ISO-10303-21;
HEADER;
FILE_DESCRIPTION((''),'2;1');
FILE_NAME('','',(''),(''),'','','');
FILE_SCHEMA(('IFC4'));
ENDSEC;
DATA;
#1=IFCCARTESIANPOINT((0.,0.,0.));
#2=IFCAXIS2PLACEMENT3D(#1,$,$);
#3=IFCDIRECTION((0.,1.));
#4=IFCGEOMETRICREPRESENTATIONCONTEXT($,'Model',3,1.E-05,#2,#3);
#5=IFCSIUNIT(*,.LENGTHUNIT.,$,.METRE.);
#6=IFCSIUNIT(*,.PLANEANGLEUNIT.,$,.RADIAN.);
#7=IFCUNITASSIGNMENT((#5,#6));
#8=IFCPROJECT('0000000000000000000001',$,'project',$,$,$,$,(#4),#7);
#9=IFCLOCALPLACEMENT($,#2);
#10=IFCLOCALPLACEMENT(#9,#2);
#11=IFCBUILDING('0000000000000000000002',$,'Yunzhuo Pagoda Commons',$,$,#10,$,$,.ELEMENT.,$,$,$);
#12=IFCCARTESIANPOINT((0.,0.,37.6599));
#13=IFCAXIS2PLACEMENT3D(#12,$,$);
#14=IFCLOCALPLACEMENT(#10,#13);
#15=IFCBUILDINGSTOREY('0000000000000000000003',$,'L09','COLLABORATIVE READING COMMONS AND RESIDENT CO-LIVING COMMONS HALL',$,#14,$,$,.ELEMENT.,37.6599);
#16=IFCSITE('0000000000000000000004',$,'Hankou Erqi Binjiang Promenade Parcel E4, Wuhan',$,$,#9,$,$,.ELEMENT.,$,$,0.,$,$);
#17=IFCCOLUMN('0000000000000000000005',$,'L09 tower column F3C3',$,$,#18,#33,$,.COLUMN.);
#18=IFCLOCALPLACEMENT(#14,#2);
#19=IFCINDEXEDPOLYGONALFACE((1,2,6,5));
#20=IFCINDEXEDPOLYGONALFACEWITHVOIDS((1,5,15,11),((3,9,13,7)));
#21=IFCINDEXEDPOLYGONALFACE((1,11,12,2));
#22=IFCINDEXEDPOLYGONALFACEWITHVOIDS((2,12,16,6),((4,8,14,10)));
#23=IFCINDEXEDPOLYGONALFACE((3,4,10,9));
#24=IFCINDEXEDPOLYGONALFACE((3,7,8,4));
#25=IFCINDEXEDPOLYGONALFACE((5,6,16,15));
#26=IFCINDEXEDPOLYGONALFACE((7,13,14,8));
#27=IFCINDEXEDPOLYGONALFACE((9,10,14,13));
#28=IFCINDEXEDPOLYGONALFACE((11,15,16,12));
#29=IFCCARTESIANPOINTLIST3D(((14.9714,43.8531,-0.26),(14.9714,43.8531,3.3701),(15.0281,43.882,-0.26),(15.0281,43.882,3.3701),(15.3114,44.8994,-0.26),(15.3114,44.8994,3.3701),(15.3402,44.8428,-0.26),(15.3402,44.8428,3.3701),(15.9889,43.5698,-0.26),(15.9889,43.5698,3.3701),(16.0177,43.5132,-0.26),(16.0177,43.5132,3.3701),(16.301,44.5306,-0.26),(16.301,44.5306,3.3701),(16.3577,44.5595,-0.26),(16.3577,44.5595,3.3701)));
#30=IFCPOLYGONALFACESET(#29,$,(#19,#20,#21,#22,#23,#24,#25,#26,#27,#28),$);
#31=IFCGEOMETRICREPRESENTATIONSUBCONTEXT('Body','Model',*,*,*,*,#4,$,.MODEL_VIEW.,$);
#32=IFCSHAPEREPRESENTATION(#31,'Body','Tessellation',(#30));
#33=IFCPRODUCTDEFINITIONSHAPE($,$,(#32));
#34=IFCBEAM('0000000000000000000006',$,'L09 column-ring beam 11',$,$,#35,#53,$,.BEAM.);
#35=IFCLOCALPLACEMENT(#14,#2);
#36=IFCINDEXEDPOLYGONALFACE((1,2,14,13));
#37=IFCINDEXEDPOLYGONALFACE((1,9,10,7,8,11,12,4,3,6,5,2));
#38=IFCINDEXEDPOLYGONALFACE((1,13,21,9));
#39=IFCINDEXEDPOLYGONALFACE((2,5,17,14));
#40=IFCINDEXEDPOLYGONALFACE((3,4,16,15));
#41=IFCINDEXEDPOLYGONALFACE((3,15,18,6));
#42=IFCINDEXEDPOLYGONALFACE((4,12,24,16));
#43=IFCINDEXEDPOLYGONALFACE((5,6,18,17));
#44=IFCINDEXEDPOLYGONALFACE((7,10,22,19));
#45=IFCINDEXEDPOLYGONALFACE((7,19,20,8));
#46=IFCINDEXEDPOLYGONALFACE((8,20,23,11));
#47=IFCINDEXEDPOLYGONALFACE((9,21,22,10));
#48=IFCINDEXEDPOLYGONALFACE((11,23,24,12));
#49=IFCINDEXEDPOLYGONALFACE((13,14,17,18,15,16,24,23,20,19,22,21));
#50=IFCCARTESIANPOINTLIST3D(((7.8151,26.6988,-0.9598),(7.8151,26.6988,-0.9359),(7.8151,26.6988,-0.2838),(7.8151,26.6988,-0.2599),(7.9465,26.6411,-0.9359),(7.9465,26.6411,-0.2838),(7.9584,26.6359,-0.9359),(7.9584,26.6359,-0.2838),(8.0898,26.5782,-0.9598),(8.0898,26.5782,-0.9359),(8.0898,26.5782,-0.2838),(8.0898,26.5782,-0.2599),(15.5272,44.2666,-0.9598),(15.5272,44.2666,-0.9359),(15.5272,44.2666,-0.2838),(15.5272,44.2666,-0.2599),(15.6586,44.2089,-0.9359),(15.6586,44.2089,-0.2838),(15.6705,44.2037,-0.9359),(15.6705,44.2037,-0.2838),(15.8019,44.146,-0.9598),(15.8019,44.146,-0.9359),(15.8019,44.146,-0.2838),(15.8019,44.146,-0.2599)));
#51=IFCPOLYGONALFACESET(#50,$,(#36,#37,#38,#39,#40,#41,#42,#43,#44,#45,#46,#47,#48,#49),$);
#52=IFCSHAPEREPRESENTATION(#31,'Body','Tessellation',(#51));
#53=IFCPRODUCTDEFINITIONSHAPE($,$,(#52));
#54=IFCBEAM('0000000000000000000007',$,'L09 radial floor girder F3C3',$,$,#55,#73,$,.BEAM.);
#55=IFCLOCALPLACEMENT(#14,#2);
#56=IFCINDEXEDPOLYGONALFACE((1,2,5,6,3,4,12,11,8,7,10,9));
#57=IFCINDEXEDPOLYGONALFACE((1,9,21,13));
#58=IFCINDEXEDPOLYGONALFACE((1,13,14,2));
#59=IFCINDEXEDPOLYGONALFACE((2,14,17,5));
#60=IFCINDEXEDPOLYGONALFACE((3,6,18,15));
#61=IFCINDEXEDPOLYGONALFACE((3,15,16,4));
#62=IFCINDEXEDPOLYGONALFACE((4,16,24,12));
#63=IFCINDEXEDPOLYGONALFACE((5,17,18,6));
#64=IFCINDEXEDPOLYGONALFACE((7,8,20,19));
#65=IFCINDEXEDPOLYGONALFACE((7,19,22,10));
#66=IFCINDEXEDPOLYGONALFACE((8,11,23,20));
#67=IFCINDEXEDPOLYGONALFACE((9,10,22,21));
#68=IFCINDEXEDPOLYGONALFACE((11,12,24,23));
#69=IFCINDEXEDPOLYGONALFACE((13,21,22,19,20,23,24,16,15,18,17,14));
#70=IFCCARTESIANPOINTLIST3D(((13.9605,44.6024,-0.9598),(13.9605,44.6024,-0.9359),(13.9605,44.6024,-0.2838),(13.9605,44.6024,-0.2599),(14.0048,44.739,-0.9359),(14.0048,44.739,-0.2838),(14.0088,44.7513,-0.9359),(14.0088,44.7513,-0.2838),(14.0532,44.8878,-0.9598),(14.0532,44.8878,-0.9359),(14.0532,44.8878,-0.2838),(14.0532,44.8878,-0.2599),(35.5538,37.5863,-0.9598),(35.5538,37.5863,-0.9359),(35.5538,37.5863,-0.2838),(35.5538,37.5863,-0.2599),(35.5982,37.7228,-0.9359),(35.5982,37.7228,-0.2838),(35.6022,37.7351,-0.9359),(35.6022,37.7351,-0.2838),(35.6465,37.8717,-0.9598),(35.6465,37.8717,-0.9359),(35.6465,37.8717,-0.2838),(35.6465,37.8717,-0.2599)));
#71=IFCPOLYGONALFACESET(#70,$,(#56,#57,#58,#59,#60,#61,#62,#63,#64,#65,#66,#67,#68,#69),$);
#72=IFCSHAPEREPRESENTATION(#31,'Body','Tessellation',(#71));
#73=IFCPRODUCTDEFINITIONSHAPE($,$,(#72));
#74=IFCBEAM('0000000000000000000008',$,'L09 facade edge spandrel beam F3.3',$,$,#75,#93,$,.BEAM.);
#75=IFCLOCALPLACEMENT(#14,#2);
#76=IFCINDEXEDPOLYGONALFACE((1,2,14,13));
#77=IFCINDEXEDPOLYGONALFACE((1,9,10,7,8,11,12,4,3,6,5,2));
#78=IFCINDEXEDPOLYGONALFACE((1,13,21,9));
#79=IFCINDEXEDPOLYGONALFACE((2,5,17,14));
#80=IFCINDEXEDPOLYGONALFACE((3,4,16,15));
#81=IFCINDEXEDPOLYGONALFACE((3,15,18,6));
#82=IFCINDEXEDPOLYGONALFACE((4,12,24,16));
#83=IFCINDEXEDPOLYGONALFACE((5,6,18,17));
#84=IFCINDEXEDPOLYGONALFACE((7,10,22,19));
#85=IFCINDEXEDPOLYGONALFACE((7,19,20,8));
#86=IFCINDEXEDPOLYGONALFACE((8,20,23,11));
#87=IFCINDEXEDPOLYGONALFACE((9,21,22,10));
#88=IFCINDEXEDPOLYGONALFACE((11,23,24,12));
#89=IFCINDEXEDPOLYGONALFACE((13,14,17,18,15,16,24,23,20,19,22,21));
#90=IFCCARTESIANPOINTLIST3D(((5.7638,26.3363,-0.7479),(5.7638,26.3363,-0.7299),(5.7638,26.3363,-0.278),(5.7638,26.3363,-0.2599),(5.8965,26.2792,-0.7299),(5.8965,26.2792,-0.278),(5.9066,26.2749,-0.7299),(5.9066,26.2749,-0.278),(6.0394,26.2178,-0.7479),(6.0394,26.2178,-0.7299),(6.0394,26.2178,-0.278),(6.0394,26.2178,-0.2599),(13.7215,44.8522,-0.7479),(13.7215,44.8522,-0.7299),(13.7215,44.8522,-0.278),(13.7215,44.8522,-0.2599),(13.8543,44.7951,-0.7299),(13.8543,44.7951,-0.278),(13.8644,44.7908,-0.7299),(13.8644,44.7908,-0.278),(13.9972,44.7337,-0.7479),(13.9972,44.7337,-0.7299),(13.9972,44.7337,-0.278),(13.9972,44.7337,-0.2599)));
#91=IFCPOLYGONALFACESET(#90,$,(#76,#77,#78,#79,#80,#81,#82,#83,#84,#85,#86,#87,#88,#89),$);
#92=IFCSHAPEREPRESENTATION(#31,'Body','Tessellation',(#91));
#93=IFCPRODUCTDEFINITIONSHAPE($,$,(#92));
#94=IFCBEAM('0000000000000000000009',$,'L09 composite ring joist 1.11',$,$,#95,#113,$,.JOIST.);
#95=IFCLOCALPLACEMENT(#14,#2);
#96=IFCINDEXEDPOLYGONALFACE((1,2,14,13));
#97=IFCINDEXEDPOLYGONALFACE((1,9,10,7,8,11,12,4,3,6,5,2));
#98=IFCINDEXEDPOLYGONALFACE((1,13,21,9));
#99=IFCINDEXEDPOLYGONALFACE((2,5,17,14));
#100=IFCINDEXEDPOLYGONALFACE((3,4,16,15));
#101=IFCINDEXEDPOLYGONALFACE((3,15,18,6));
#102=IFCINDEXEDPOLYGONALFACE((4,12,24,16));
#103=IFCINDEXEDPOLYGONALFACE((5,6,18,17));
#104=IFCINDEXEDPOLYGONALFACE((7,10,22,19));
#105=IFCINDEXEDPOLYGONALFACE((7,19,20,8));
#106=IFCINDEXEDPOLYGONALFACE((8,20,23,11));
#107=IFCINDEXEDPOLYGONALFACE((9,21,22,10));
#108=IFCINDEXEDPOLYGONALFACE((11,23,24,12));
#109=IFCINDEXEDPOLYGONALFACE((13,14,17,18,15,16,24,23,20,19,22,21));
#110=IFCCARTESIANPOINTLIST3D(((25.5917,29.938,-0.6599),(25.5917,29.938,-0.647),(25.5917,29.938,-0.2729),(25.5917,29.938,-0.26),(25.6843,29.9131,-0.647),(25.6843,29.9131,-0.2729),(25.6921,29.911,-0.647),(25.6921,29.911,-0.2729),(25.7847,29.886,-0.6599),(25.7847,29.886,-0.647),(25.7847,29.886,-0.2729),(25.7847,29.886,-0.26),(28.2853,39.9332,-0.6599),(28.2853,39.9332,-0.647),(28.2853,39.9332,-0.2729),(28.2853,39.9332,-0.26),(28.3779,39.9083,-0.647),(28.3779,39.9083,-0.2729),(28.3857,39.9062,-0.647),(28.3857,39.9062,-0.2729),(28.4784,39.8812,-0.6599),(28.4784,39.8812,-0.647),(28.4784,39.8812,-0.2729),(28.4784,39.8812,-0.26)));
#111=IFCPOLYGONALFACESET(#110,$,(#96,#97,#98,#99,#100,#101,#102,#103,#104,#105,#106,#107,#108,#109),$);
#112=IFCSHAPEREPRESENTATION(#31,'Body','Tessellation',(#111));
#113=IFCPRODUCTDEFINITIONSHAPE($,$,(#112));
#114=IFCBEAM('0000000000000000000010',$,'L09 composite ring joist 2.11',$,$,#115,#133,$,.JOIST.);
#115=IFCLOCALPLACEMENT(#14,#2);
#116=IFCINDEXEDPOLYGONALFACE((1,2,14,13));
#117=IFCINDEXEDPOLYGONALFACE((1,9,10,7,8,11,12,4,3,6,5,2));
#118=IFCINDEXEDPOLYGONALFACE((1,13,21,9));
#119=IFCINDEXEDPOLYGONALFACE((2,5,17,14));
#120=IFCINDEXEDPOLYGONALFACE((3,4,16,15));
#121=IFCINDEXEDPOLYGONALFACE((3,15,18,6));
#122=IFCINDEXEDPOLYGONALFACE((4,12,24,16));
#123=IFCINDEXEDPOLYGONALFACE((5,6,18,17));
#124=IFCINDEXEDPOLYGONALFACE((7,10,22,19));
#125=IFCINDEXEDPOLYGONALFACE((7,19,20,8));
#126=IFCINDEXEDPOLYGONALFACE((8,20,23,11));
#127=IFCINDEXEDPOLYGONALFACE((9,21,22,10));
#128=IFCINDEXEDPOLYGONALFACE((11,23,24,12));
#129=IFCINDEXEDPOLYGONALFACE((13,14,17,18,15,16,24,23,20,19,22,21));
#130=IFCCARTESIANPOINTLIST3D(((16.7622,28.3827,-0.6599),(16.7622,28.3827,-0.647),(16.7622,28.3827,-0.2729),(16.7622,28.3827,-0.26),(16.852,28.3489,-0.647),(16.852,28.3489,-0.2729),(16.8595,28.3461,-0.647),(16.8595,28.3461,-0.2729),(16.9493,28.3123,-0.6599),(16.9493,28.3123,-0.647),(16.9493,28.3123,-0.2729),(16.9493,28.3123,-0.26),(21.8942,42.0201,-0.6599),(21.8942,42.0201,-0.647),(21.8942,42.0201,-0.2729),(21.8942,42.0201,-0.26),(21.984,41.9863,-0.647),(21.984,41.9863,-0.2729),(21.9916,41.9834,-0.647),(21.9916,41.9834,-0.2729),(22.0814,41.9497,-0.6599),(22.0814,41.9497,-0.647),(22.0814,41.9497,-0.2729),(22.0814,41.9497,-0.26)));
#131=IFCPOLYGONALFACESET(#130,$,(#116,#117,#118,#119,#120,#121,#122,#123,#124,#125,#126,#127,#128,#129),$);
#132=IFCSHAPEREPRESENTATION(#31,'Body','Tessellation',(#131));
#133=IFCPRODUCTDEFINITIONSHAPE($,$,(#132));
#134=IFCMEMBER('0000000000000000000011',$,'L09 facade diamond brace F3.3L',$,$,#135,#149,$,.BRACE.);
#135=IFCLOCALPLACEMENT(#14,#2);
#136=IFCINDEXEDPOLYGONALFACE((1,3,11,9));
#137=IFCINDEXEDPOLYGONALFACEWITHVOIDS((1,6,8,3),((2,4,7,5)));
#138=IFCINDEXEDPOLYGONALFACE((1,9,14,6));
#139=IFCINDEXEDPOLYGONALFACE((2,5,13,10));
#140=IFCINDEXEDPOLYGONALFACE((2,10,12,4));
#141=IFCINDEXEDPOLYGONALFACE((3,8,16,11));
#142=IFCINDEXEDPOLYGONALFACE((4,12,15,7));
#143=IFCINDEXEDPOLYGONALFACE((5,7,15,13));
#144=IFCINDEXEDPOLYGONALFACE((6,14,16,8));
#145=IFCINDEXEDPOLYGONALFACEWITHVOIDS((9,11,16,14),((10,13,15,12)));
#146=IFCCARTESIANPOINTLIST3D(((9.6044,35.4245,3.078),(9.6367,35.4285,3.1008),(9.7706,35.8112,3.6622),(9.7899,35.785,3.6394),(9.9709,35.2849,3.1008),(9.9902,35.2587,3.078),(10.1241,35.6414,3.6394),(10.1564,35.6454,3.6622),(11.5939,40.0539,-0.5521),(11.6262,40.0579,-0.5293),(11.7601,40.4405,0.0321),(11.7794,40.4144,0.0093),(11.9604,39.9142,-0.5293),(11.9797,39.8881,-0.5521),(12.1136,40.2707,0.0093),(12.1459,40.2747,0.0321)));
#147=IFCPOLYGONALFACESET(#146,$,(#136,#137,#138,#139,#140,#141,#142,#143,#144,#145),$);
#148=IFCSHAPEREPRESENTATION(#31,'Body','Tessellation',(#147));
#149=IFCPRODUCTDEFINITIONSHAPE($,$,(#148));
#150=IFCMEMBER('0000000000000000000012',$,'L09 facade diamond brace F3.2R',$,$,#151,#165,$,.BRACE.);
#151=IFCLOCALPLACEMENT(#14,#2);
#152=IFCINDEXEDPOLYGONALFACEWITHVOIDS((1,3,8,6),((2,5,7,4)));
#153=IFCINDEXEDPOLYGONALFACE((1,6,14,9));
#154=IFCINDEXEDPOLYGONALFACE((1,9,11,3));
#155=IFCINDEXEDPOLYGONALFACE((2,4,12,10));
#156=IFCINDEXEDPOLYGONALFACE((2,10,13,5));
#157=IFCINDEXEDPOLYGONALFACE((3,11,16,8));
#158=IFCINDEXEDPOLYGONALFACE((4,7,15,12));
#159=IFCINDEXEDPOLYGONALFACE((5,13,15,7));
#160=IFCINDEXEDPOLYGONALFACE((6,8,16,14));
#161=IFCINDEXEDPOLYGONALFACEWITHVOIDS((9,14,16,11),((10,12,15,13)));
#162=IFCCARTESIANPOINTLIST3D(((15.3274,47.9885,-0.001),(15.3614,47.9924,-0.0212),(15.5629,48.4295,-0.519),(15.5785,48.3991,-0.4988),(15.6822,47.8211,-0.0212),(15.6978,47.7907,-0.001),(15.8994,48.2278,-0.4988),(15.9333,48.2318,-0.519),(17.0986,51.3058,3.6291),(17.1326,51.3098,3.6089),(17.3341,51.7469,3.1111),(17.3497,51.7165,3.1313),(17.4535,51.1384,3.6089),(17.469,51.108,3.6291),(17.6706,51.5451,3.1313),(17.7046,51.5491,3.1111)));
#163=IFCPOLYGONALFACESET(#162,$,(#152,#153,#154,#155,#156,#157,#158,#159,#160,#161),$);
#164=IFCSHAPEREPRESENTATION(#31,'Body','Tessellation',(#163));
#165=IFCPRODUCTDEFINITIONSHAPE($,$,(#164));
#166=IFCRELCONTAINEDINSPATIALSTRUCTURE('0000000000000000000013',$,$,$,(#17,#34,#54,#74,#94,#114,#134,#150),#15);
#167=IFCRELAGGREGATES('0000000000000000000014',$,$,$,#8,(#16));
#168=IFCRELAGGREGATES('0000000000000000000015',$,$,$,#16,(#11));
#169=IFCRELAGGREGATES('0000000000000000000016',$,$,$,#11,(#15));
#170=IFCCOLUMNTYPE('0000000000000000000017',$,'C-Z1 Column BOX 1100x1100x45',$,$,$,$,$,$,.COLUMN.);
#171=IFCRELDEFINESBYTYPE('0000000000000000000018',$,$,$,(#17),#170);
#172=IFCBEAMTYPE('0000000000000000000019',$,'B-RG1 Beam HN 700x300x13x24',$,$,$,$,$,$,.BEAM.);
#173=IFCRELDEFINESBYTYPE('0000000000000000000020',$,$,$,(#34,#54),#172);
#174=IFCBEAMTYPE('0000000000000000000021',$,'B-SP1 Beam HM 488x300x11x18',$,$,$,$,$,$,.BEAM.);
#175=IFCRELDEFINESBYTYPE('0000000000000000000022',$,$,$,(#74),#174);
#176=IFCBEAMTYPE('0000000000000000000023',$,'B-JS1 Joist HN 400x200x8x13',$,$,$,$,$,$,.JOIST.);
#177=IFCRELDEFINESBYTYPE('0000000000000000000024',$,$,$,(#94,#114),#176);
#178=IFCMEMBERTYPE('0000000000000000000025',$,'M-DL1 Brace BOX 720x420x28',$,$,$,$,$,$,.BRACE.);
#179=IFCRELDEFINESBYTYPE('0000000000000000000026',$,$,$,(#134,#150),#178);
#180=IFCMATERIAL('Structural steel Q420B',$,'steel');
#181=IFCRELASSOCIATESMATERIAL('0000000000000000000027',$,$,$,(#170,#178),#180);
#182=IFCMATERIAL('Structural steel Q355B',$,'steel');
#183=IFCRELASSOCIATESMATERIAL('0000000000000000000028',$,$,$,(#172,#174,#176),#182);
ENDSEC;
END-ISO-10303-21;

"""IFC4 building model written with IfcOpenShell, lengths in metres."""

from ifc_helpers import new_model, si_unit, direction, frame, origin, origin_2d, place, context, subcontext, project, spatial, hollow_rectangle, i_section, extrude, source, transform, mapped, material, material_profile, profile_set, type_object, element, save


model = new_model("IFC4")

# Units and contexts
model_context = context("Model", 3, precision=1e-05, world=origin(), true_north=direction((0.0, 1.0)))
body_context = subcontext(model_context, "Body", "Model", "MODEL_VIEW")
ifc_project = project(units=[si_unit("LENGTHUNIT", "METRE"), si_unit("PLANEANGLEUNIT", "RADIAN")], contexts=[model_context])

# Site, building, storey
site_placement = place(None, origin())
site = spatial("IfcSite", under=ifc_project, at=site_placement, Name="Hankou Erqi Binjiang Promenade Parcel E4, Wuhan", CompositionType="ELEMENT", RefElevation=0.0)
building_placement = place(site_placement, origin())
building = spatial("IfcBuilding", under=site, at=building_placement, Name="Yunzhuo Pagoda Commons", CompositionType="ELEMENT")
storey_placement = place(building_placement, frame((0.0, 0.0, 37.6599)))
storey = spatial("IfcBuildingStorey", under=building, at=storey_placement, Name="L09", Description="COLLABORATIVE READING COMMONS AND RESIDENT CO-LIVING COMMONS HALL", CompositionType="ELEMENT", Elevation=37.6599)

# Column
ifc_material_1 = material(Name="Structural steel Q420B", Category="steel")
ifc_material_profile_1 = material_profile(ifc_material_1, hollow_rectangle(XDim=1.1001, YDim=1.1001, WallThickness=0.0449, at=origin_2d()), Name="Structural steel Q420B")
ifc_profile_set_1 = profile_set([ifc_material_profile_1], Name="Structural steel Q420B")
column_type = type_object("IfcColumnType", Name="C-Z1 Column BOX 1100x1100x45", PredefinedType="COLUMN", material=ifc_profile_set_1)
shared_shape_1 = source(origin(), body_context, "Body", "SweptSolid", [
    extrude(hollow_rectangle(XDim=1.1001, YDim=1.1001, WallThickness=0.0449, at=origin_2d()), origin(), (0.0, 0.0, 1.0), 3.6301),
])
column_placement = place(storey_placement, frame((15.6646, 44.2063, -0.26), z_axis=(0.0, 0.0, 1.0), x_axis=(-0.309017, -0.951057, 0.0)))
element("IfcColumn", 1, at=column_placement, inside=storey, type_object=column_type, Name="L09 tower column F3C3", PredefinedType="COLUMN", context=body_context, shape_type="MappedRepresentation", body=[
    mapped(shared_shape_1, transform((0.0, 0.0, 0.0), scale=1.0)),
])

# Beams
ifc_material_2 = material(Name="Structural steel Q355B", Category="steel")
ifc_material_profile_2 = material_profile(ifc_material_2, i_section(OverallWidth=0.3, OverallDepth=0.7, WebThickness=0.0129, FlangeThickness=0.0239, at=origin_2d()), Name="Structural steel Q355B")
ifc_profile_set_2 = profile_set([ifc_material_profile_2], Name="Structural steel Q355B")
beam_type_1 = type_object("IfcBeamType", Name="B-RG1 Beam HN 700x300x13x24", PredefinedType="BEAM", material=ifc_profile_set_2)
shared_shape_2 = source(origin(), body_context, "Body", "SweptSolid", [
    extrude(i_section(OverallWidth=0.3, OverallDepth=0.7, WebThickness=0.0129, FlangeThickness=0.0239, at=origin_2d()), origin(), (0.0, 0.0, 1.0), 19.186),
])
beam_1_placement = place(storey_placement, frame((15.6646, 44.2063, -0.6099), z_axis=(-0.401965, -0.915655, 0.0), x_axis=(0.915655, -0.401965, 0.0)))
element("IfcBeam", 2, at=beam_1_placement, inside=storey, type_object=beam_type_1, Name="L09 column-ring beam 11", PredefinedType="BEAM", context=body_context, shape_type="MappedRepresentation", body=[
    mapped(shared_shape_2, transform((0.0, 0.0, 0.0), scale=1.0)),
])
shared_shape_3 = source(origin(), body_context, "Body", "SweptSolid", [
    extrude(i_section(OverallWidth=0.3, OverallDepth=0.7, WebThickness=0.0129, FlangeThickness=0.0239, at=origin_2d()), origin(), (0.0, 0.0, 1.0), 22.7046),
])
beam_2_placement = place(storey_placement, frame((14.0068, 44.7451, -0.6099), z_axis=(0.951056, -0.309018, 0.0), x_axis=(0.309018, 0.951056, 0.0)))
element("IfcBeam", 3, at=beam_2_placement, inside=storey, type_object=beam_type_1, Name="L09 radial floor girder F3C3", PredefinedType="BEAM", context=body_context, shape_type="MappedRepresentation", body=[
    mapped(shared_shape_3, transform((0.0, 0.0, 0.0), scale=1.0)),
])
ifc_material_profile_3 = material_profile(ifc_material_2, i_section(OverallWidth=0.3, OverallDepth=0.488, WebThickness=0.011, FlangeThickness=0.0181, at=origin_2d()), Name="Structural steel Q355B")
ifc_profile_set_3 = profile_set([ifc_material_profile_3], Name="Structural steel Q355B")
beam_type_2 = type_object("IfcBeamType", Name="B-SP1 Beam HM 488x300x11x18", PredefinedType="BEAM", material=ifc_profile_set_3)
shared_shape_4 = source(origin(), body_context, "Body", "SweptSolid", [
    extrude(i_section(OverallWidth=0.3, OverallDepth=0.488, WebThickness=0.011, FlangeThickness=0.0181, at=origin_2d()), origin(), (0.0, 0.0, 1.0), 20.1536),
])
beam_3_placement = place(storey_placement, frame((13.8594, 44.793, -0.5039), z_axis=(-0.394858, -0.918742, 0.0), x_axis=(0.918742, -0.394858, 0.0)))
element("IfcBeam", 4, at=beam_3_placement, inside=storey, type_object=beam_type_2, Name="L09 facade edge spandrel beam F3.3", PredefinedType="BEAM", context=body_context, shape_type="MappedRepresentation", body=[
    mapped(shared_shape_4, transform((0.0, 0.0, 0.0), scale=1.0)),
])
ifc_material_profile_4 = material_profile(ifc_material_2, i_section(OverallWidth=0.2, OverallDepth=0.3999, WebThickness=0.0081, FlangeThickness=0.0129, at=origin_2d()), Name="Structural steel Q355B")
ifc_profile_set_4 = profile_set([ifc_material_profile_4], Name="Structural steel Q355B")
beam_type_3 = type_object("IfcBeamType", Name="B-JS1 Joist HN 400x200x8x13", PredefinedType="JOIST", material=ifc_profile_set_4)
shared_shape_5 = source(origin(), body_context, "Body", "SweptSolid", [
    extrude(i_section(OverallWidth=0.2, OverallDepth=0.3999, WebThickness=0.0081, FlangeThickness=0.0129, at=origin_2d()), origin(), (0.0, 0.0, 1.0), 10.3518),
])
beam_4_placement = place(storey_placement, frame((28.3818, 39.9072, -0.46), z_axis=(-0.260209, -0.965552, 0.0), x_axis=(0.965552, -0.260209, 0.0)))
element("IfcBeam", 5, at=beam_4_placement, inside=storey, type_object=beam_type_3, Name="L09 composite ring joist 1.11", PredefinedType="JOIST", context=body_context, shape_type="MappedRepresentation", body=[
    mapped(shared_shape_5, transform((0.0, 0.0, 0.0), scale=1.0)),
])
shared_shape_6 = source(origin(), body_context, "Body", "SweptSolid", [
    extrude(i_section(OverallWidth=0.2, OverallDepth=0.3999, WebThickness=0.0081, FlangeThickness=0.0129, at=origin_2d()), origin(), (0.0, 0.0, 1.0), 14.571),
])
beam_5_placement = place(storey_placement, frame((21.9878, 41.9849, -0.46), z_axis=(-0.352208, -0.935922, 0.0), x_axis=(0.935922, -0.352208, 0.0)))
element("IfcBeam", 6, at=beam_5_placement, inside=storey, type_object=beam_type_3, Name="L09 composite ring joist 2.11", PredefinedType="JOIST", context=body_context, shape_type="MappedRepresentation", body=[
    mapped(shared_shape_6, transform((0.0, 0.0, 0.0), scale=1.0)),
])

# Members
ifc_material_profile_5 = material_profile(ifc_material_1, hollow_rectangle(XDim=0.4199, YDim=0.72, WallThickness=0.0281, at=origin_2d()), Name="Structural steel Q420B")
ifc_profile_set_5 = profile_set([ifc_material_profile_5], Name="Structural steel Q420B")
member_type_1 = type_object("IfcMemberType", Name="M-DL1 Brace BOX 720x420x28", PredefinedType="BRACE", material=ifc_profile_set_5)
shared_shape_7 = source(origin(), body_context, "Body", "SweptSolid", [
    extrude(hollow_rectangle(XDim=0.4199, YDim=0.72, WallThickness=0.0281, at=origin_2d()), origin(), (0.0, 0.0, 1.0), 6.2102),
])
member_1_placement = place(storey_placement, frame((11.8699, 40.1643, -0.26), z_axis=(-0.320358, -0.745444, 0.584538), x_axis=(0.918751, -0.394837, 0.0)))
element("IfcMember", 7, at=member_1_placement, inside=storey, type_object=member_type_1, Name="L09 facade diamond brace F3.3L", PredefinedType="BRACE", context=body_context, shape_type="MappedRepresentation", body=[
    mapped(shared_shape_7, transform((0.0, 0.0, 0.0), scale=1.0)),
])
shared_shape_8 = source(origin(), body_context, "Body", "SweptSolid", [
    extrude(hollow_rectangle(XDim=0.4199, YDim=0.72, WallThickness=0.0281, at=origin_2d()), origin(), (0.0, 0.0, 1.0), 5.2268),
])
member_2_placement = place(storey_placement, frame((15.6304, 48.1101, -0.26), z_axis=(0.338872, 0.634679, 0.694513), x_axis=(-0.882135, 0.470996, 0.0)))
element("IfcMember", 8, at=member_2_placement, inside=storey, type_object=member_type_1, Name="L09 facade diamond brace F3.2R", PredefinedType="BRACE", context=body_context, shape_type="MappedRepresentation", body=[
    mapped(shared_shape_8, transform((0.0, 0.0, 0.0), scale=1.0)),
])

save(model, "model.ifc")
